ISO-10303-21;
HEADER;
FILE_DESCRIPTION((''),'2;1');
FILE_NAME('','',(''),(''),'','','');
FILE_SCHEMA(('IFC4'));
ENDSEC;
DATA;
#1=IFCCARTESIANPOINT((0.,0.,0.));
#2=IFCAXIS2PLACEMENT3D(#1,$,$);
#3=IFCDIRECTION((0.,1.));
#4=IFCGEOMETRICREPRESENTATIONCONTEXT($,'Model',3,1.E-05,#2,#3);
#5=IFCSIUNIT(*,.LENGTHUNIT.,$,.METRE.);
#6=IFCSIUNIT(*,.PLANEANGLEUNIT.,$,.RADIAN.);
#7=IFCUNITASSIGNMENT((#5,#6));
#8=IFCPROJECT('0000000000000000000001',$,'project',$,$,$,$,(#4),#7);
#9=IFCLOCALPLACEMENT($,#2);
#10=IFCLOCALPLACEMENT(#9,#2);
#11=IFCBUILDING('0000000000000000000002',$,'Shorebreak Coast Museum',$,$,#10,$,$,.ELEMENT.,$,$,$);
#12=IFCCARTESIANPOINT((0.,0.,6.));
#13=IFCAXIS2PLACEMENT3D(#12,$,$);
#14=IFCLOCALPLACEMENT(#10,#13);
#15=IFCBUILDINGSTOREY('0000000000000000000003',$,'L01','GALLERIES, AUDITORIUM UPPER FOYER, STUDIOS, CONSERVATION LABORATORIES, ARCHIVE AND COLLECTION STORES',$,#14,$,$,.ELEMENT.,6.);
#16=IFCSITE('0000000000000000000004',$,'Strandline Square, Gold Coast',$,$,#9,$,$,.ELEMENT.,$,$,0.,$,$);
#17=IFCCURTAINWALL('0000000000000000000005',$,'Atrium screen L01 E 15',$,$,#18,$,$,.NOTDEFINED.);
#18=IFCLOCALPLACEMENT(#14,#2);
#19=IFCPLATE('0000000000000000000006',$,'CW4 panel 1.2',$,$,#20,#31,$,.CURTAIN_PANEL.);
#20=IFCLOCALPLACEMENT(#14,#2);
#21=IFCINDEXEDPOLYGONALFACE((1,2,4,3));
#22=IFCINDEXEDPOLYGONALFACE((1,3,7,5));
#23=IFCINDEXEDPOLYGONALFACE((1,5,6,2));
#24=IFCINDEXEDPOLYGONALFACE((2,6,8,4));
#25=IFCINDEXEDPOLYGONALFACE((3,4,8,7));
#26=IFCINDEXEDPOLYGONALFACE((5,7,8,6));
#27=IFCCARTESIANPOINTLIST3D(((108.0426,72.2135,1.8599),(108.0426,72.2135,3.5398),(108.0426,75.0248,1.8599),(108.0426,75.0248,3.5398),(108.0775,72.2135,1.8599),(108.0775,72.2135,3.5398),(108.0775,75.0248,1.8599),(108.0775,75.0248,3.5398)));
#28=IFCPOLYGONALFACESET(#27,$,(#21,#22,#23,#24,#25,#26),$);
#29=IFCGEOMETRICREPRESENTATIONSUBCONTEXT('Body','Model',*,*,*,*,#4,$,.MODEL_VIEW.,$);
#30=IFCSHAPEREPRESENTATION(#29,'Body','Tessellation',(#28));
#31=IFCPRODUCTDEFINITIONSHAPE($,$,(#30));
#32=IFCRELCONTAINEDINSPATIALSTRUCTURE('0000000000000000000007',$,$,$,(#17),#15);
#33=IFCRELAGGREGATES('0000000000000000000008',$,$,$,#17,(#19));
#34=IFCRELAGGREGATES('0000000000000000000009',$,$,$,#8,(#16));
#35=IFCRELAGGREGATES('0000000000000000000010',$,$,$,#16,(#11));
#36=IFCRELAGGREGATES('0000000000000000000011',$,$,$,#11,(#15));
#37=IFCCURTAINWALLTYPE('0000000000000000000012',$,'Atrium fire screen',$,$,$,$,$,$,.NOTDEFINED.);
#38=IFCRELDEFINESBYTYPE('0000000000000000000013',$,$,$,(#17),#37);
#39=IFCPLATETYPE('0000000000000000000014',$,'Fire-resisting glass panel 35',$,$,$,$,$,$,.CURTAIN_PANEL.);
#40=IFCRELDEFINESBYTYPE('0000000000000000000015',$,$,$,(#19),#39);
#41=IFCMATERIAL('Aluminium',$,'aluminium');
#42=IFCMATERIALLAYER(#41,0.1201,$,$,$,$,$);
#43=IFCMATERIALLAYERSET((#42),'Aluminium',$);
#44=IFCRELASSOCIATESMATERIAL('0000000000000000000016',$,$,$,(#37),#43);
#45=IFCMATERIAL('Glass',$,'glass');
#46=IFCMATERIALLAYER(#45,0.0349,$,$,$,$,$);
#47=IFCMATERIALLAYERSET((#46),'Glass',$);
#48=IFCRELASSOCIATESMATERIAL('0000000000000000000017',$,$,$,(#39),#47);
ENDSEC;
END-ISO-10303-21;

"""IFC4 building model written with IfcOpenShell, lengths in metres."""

from ifc_helpers import new_model, si_unit, direction, frame, origin, origin_2d, place, context, subcontext, project, spatial, rectangle, extrude, material, layer, layer_set, type_object, element, aggregate, save


model = new_model("IFC4")

# Units and contexts
model_context = context("Model", 3, precision=1e-05, world=origin(), true_north=direction((0.0, 1.0)))
body_context = subcontext(model_context, "Body", "Model", "MODEL_VIEW")
ifc_project = project(units=[si_unit("LENGTHUNIT", "METRE"), si_unit("PLANEANGLEUNIT", "RADIAN")], contexts=[model_context])

# Site, building, storey
site_placement = place(None, origin())
site = spatial("IfcSite", under=ifc_project, at=site_placement, Name="Strandline Square, Gold Coast", CompositionType="ELEMENT", RefElevation=0.0)
building_placement = place(site_placement, origin())
building = spatial("IfcBuilding", under=site, at=building_placement, Name="Shorebreak Coast Museum", CompositionType="ELEMENT")
storey_placement = place(building_placement, frame((0.0, 0.0, 6.0)))
storey = spatial("IfcBuildingStorey", under=building, at=storey_placement, Name="L01", Description="GALLERIES, AUDITORIUM UPPER FOYER, STUDIOS, CONSERVATION LABORATORIES, ARCHIVE AND COLLECTION STORES", CompositionType="ELEMENT", Elevation=6.0)

# Shared definitions
ifc_material_1 = material(Name="Aluminium", Category="aluminium")
ifc_layer_1 = layer(ifc_material_1, 0.1201)
ifc_layer_set_1 = layer_set([ifc_layer_1], Name="Aluminium")
curtain_wall_type = type_object("IfcCurtainWallType", Name="Atrium fire screen", PredefinedType="NOTDEFINED", material=ifc_layer_set_1)

# Curtain wall
curtain_wall_1_placement = place(storey_placement, origin())
curtain_wall_1 = element("IfcCurtainWall", 1, at=curtain_wall_1_placement, inside=storey, type_object=curtain_wall_type, Name="Atrium screen L01 E 15", PredefinedType="NOTDEFINED")

# Plate
ifc_material_2 = material(Name="Glass", Category="glass")
ifc_layer_2 = layer(ifc_material_2, 0.0349)
ifc_layer_set_2 = layer_set([ifc_layer_2], Name="Glass")
plate_type = type_object("IfcPlateType", Name="Fire-resisting glass panel 35", PredefinedType="CURTAIN_PANEL", material=ifc_layer_set_2)
plate_1_placement = place(storey_placement, frame((108.0601, 73.6191, 1.8599), z_axis=(0.0, 0.0, 1.0), x_axis=(0.0, 1.0, 0.0)))
plate_1 = element("IfcPlate", 2, at=plate_1_placement, type_object=plate_type, Name="CW4 panel 1.2", PredefinedType="CURTAIN_PANEL", context=body_context, shape_type="SweptSolid", body=[
    extrude(rectangle(XDim=2.8113, YDim=0.0349, at=origin_2d()), origin(), (0.0, 0.0, 1.0), 1.6799),
])
aggregate(curtain_wall_1, [plate_1])

save(model, "model.ifc")
